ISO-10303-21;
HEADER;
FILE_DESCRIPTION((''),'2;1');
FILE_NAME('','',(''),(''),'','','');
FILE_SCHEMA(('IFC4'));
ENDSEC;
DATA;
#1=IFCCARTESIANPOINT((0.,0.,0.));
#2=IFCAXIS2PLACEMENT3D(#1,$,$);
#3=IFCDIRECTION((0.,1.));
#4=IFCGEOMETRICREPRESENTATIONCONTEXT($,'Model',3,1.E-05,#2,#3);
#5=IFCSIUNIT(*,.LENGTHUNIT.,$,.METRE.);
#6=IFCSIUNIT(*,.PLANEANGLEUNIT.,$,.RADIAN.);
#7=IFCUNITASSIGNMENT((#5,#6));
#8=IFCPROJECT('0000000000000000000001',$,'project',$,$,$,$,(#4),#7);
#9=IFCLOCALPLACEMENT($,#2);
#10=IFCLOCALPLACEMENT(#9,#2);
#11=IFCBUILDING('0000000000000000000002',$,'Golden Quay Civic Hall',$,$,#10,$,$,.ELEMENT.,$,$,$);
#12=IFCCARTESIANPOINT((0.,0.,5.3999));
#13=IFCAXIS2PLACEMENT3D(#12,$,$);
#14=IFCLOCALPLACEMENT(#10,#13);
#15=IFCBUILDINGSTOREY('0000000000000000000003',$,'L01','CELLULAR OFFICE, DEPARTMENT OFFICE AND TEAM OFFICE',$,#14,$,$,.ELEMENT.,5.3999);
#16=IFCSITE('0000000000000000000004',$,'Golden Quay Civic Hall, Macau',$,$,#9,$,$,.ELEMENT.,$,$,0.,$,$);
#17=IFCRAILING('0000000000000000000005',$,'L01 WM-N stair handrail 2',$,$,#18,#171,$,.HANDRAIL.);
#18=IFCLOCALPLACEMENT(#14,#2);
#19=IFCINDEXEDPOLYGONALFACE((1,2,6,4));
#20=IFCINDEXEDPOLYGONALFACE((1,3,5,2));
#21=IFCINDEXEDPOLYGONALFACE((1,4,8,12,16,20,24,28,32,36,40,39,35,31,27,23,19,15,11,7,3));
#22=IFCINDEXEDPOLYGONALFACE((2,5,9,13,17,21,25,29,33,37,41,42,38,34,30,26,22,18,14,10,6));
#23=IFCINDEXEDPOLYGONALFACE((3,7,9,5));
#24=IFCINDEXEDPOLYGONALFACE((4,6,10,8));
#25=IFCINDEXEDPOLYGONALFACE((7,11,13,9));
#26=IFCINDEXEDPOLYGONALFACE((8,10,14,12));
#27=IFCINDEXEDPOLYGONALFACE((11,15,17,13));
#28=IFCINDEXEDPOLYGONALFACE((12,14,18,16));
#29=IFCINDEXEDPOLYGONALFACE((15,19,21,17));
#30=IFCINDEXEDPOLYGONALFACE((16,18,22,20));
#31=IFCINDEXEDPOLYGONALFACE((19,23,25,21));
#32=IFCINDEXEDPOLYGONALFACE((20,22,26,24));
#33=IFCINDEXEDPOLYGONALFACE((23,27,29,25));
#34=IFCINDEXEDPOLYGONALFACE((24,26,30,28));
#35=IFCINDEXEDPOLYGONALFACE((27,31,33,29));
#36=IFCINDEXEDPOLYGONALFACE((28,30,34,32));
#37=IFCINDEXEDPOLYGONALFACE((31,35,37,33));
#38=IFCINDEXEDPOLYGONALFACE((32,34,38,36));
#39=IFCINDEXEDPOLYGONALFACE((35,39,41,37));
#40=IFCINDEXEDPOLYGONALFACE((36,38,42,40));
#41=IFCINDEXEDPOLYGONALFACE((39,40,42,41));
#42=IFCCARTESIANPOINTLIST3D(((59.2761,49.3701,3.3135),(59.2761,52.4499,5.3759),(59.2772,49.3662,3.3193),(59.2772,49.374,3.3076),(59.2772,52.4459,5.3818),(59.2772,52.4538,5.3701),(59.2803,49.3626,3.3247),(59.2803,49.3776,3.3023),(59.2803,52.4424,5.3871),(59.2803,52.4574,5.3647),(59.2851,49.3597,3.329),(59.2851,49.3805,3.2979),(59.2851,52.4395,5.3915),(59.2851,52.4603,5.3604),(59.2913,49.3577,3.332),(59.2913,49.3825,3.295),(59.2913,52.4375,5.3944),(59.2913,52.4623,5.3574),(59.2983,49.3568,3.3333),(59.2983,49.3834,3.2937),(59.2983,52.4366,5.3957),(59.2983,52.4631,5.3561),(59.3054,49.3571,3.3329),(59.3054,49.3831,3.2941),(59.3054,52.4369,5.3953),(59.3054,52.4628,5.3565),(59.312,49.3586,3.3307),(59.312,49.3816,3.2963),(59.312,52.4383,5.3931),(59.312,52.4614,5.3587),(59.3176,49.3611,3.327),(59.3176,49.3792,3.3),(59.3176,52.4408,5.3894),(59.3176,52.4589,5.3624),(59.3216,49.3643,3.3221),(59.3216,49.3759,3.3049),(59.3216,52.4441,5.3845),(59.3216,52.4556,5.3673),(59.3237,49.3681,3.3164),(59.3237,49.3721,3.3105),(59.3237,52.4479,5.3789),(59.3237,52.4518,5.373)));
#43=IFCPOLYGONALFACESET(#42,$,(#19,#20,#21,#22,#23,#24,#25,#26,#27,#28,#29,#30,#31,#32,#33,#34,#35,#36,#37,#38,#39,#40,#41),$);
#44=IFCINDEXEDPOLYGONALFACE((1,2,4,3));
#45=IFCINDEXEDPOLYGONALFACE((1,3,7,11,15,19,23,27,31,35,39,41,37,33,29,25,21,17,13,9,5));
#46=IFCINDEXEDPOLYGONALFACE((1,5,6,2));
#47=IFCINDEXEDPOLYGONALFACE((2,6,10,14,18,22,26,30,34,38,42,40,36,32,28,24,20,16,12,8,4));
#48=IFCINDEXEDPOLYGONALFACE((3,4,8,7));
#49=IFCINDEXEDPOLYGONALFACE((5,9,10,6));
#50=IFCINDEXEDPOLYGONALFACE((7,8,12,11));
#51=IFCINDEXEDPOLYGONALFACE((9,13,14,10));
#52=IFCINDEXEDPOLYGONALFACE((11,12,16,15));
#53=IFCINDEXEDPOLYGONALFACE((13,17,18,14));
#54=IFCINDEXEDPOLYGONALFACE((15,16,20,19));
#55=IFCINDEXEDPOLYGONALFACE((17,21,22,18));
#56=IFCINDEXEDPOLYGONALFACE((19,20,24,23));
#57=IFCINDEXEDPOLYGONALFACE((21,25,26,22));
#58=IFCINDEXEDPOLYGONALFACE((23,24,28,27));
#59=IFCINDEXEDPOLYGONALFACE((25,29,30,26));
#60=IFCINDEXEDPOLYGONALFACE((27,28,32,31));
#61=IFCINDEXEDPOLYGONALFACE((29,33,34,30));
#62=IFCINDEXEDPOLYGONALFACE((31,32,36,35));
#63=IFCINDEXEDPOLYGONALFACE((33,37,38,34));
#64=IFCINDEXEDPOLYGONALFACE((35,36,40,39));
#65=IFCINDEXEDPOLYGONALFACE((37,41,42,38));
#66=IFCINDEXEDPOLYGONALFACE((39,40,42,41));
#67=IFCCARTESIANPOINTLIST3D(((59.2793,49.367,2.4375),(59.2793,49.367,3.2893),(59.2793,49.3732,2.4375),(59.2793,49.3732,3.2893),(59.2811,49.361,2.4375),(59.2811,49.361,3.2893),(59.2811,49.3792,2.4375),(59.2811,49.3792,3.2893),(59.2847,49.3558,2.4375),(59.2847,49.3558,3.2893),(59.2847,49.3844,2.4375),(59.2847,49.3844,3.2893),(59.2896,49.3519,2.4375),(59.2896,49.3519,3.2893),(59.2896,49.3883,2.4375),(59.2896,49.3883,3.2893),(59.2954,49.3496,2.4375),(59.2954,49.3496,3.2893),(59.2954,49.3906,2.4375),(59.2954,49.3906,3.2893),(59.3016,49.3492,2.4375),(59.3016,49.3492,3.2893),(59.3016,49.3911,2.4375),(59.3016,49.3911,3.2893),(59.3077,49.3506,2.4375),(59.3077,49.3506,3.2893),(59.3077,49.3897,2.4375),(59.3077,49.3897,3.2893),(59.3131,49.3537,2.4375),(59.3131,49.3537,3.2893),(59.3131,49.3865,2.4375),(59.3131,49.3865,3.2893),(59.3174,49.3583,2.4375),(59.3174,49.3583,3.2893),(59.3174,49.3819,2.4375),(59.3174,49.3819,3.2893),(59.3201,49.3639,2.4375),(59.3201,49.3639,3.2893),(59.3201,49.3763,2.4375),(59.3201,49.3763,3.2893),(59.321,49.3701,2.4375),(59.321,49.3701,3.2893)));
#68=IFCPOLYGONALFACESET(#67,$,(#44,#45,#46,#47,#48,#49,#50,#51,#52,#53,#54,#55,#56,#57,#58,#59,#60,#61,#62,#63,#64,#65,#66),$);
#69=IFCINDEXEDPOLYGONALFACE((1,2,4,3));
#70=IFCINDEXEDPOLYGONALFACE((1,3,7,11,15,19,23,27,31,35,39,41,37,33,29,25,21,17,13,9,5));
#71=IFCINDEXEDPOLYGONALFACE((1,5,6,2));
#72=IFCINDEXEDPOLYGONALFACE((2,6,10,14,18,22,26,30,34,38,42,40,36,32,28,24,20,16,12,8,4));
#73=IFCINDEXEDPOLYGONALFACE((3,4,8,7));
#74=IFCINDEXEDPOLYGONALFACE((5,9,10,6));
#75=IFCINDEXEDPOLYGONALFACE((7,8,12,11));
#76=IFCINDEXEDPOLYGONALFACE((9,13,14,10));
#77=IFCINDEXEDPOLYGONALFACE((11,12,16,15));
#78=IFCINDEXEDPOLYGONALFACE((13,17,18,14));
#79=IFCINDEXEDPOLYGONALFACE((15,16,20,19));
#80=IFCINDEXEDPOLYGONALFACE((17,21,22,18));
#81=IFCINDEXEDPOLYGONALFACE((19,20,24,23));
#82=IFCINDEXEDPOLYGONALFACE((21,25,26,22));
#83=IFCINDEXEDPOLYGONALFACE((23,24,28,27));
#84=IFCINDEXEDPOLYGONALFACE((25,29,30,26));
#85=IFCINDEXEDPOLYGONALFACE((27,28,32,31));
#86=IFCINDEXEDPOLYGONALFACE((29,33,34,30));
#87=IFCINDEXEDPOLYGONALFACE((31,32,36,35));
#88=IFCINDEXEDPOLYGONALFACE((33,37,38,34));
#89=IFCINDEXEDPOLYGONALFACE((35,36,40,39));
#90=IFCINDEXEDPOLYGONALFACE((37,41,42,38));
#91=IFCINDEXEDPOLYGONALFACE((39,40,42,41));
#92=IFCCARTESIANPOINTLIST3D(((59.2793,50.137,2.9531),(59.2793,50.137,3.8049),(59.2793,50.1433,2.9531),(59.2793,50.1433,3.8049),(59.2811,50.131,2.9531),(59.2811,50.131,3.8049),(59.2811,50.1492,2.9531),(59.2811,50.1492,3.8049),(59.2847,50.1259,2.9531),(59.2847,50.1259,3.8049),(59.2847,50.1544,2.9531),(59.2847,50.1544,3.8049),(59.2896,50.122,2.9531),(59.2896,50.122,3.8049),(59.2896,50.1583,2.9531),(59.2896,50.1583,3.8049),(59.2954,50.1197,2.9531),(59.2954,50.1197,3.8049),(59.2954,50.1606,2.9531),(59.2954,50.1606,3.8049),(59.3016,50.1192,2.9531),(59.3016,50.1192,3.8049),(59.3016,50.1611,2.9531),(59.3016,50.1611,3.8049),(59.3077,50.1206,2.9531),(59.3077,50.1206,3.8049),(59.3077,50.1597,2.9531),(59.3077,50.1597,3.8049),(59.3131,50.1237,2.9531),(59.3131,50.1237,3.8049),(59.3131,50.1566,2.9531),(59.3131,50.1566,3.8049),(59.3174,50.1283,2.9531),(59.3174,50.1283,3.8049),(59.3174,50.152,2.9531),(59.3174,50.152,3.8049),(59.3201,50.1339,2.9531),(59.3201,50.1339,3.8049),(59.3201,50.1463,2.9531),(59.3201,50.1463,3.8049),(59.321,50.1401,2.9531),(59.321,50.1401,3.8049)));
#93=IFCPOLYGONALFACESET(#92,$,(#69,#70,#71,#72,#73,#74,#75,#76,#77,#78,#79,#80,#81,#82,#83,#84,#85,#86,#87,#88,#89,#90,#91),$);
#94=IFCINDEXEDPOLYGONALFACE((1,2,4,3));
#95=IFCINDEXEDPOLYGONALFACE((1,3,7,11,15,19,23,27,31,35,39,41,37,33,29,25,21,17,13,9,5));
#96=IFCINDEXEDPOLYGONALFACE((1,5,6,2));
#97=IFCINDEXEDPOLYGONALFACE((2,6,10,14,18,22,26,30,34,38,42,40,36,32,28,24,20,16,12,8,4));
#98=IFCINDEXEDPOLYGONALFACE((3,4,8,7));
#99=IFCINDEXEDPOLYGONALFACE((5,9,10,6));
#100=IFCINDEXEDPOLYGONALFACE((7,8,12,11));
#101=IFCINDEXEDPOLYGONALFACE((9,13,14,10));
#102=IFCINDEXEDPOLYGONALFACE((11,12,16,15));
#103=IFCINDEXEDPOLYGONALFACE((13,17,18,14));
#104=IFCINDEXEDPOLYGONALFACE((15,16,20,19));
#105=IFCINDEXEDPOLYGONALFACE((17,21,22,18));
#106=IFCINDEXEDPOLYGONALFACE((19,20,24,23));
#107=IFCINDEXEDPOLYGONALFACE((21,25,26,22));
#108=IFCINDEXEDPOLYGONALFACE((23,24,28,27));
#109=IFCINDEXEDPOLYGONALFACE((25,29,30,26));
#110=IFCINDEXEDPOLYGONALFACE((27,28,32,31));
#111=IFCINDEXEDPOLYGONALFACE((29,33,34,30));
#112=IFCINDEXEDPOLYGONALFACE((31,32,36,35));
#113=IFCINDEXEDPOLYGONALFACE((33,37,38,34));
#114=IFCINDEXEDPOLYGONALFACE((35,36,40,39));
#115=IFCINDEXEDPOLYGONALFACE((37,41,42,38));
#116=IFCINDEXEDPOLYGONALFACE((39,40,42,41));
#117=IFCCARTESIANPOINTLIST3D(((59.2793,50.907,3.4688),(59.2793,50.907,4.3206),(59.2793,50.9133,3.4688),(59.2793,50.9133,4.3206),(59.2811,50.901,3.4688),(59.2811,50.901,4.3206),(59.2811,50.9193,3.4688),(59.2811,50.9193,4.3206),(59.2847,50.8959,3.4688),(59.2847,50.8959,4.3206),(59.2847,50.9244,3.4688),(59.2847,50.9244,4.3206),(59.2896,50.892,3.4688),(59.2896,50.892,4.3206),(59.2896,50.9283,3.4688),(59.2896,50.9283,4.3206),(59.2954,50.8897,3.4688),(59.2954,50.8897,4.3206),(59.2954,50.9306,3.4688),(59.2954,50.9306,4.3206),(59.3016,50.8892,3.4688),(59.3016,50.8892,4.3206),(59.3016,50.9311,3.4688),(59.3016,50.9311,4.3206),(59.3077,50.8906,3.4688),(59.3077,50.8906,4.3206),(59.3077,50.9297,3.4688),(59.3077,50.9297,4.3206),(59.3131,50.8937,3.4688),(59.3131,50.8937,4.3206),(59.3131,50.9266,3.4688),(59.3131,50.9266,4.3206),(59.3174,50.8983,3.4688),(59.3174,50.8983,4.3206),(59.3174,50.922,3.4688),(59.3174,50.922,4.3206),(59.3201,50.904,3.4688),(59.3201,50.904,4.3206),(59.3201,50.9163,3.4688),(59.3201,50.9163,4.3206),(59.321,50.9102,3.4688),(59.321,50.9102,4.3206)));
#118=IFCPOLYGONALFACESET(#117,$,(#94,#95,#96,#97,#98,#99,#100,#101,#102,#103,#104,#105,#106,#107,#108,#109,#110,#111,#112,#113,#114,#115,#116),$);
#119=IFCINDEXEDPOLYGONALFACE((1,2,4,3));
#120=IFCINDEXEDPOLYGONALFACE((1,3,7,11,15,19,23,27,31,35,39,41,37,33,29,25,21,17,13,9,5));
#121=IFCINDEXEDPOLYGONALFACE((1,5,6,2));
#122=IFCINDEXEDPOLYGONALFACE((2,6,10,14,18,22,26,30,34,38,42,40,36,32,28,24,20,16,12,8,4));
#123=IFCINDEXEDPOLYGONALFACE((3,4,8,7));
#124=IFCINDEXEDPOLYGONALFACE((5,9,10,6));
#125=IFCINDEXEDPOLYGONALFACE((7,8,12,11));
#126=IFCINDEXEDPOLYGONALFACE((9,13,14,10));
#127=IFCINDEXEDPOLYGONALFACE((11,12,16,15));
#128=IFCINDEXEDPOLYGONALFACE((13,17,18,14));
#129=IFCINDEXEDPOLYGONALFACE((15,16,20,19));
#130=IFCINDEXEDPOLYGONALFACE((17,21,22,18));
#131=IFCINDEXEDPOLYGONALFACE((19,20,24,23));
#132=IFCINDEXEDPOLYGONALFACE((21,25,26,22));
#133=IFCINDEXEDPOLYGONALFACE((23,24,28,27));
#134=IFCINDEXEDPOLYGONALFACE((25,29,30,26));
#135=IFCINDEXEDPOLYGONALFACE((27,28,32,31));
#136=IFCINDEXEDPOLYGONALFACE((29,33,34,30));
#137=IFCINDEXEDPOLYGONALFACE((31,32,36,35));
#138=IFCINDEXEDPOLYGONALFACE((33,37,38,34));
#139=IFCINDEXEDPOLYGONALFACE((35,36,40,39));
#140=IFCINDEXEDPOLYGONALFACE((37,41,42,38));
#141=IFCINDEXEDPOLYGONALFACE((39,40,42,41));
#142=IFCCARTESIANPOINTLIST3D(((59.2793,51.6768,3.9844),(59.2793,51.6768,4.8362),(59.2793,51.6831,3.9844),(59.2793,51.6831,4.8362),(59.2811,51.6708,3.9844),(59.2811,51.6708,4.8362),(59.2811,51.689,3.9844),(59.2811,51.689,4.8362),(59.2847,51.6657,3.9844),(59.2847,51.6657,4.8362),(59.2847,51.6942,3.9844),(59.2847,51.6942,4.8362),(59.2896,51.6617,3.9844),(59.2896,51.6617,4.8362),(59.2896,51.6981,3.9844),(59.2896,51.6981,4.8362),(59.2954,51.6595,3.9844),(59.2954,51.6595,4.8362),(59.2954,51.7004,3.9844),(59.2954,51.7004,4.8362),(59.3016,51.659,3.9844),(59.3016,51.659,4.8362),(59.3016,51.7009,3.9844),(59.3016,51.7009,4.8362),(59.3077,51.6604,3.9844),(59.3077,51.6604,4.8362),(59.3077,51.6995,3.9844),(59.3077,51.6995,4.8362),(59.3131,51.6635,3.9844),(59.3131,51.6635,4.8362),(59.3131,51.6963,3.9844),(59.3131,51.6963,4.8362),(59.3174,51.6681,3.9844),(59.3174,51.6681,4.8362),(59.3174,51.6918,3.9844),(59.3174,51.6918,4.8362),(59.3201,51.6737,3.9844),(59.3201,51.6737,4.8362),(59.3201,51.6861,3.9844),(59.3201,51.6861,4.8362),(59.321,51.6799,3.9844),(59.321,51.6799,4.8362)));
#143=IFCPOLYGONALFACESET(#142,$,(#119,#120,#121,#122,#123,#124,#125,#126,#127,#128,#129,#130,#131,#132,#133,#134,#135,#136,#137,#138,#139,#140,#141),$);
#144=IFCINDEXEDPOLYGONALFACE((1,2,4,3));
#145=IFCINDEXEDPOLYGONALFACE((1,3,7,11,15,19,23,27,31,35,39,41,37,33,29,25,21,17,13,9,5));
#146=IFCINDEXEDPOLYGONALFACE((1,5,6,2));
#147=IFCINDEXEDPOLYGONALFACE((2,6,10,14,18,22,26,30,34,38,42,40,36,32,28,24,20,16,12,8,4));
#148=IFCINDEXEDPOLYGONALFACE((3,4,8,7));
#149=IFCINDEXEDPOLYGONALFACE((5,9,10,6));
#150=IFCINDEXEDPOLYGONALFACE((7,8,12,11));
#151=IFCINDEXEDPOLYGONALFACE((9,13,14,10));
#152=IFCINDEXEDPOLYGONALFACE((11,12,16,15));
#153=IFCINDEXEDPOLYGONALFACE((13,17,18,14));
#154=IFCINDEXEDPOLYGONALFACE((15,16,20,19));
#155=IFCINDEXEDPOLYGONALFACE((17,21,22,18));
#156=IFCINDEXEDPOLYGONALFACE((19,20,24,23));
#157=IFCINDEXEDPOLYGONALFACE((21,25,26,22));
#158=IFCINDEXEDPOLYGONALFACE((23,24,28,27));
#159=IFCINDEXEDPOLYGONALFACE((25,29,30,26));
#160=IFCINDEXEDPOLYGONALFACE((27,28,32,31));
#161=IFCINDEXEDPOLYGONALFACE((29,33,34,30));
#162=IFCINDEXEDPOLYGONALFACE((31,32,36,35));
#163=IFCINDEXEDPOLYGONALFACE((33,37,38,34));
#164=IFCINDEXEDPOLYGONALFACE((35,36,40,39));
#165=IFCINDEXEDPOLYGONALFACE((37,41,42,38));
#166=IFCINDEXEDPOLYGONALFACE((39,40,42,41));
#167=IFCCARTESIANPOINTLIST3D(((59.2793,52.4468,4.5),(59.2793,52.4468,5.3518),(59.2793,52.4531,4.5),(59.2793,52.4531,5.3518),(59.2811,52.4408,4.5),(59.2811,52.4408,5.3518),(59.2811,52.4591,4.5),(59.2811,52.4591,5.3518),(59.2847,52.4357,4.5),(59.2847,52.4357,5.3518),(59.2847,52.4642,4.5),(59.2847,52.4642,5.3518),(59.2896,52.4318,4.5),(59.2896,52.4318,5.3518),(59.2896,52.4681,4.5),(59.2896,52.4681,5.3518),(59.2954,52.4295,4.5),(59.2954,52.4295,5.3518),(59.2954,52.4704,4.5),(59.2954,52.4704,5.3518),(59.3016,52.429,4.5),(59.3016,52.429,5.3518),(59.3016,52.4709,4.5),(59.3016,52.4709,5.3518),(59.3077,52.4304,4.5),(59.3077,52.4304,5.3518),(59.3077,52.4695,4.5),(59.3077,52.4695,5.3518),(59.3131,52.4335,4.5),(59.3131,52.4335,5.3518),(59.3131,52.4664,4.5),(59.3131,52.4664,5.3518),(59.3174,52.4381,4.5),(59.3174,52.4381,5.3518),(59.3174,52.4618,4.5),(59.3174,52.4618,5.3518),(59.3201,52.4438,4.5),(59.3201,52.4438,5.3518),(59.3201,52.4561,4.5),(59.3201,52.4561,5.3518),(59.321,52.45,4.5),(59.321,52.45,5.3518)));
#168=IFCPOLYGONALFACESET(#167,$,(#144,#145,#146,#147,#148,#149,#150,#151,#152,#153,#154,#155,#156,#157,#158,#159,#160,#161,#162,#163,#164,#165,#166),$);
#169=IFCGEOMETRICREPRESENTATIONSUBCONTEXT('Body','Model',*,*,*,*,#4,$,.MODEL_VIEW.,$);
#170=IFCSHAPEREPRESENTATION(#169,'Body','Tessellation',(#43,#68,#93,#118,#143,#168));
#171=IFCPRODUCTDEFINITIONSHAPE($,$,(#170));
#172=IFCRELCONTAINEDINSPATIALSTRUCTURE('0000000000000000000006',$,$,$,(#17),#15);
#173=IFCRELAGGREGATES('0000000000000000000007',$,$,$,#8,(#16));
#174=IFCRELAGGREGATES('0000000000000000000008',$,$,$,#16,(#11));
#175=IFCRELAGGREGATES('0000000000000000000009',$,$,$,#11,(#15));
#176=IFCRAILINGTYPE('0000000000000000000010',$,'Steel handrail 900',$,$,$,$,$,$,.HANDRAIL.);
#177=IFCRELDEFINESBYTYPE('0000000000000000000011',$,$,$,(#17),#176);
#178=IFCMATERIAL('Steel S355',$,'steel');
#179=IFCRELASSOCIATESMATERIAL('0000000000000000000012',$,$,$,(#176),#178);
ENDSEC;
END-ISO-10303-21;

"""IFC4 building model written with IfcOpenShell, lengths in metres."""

from ifc_helpers import new_model, si_unit, direction, frame, origin, origin_2d, place, context, subcontext, project, spatial, circle, extrude, material, type_object, element, save


model = new_model("IFC4")

# Units and contexts
model_context = context("Model", 3, precision=1e-05, world=origin(), true_north=direction((0.0, 1.0)))
body_context = subcontext(model_context, "Body", "Model", "MODEL_VIEW")
ifc_project = project(units=[si_unit("LENGTHUNIT", "METRE"), si_unit("PLANEANGLEUNIT", "RADIAN")], contexts=[model_context])

# Site, building, storey
site_placement = place(None, origin())
site = spatial("IfcSite", under=ifc_project, at=site_placement, Name="Golden Quay Civic Hall, Macau", CompositionType="ELEMENT", RefElevation=0.0)
building_placement = place(site_placement, origin())
building = spatial("IfcBuilding", under=site, at=building_placement, Name="Golden Quay Civic Hall", CompositionType="ELEMENT")
storey_placement = place(building_placement, frame((0.0, 0.0, 5.3999)))
storey = spatial("IfcBuildingStorey", under=building, at=storey_placement, Name="L01", Description="CELLULAR OFFICE, DEPARTMENT OFFICE AND TEAM OFFICE", CompositionType="ELEMENT", Elevation=5.3999)

# Railing
ifc_material_1 = material(Name="Steel S355", Category="steel")
railing_type_1 = type_object("IfcRailingType", Name="Steel handrail 900", PredefinedType="HANDRAIL", material=ifc_material_1)
railing_1_placement = place(storey_placement, frame((59.3, 49.3701, 2.4375)))
element("IfcRailing", 1, at=railing_1_placement, inside=storey, type_object=railing_type_1, Name="L01 WM-N stair handrail 2", PredefinedType="HANDRAIL", context=body_context, shape_type="SweptSolid", body=[
    extrude(circle(Radius=0.0239, at=origin_2d()), frame((0.0, 0.0, 0.876), z_axis=(0.0, 0.830893, 0.556432), x_axis=(-1.0, 0.0, 0.0)), (0.0, 0.0, 1.0), 3.7065),
    extrude(circle(Radius=0.021, at=origin_2d()), origin(), (0.0, 0.0, 1.0), 0.8518),
    extrude(circle(Radius=0.021, at=origin_2d()), frame((0.0, 0.77, 0.5156)), (0.0, 0.0, 1.0), 0.8518),
    extrude(circle(Radius=0.021, at=origin_2d()), frame((0.0, 1.54, 1.0312)), (0.0, 0.0, 1.0), 0.8518),
    extrude(circle(Radius=0.021, at=origin_2d()), frame((0.0, 2.3098, 1.5469)), (0.0, 0.0, 1.0), 0.8518),
    extrude(circle(Radius=0.021, at=origin_2d()), frame((0.0, 3.0798, 2.0625)), (0.0, 0.0, 1.0), 0.8518),
])

save(model, "model.ifc")
